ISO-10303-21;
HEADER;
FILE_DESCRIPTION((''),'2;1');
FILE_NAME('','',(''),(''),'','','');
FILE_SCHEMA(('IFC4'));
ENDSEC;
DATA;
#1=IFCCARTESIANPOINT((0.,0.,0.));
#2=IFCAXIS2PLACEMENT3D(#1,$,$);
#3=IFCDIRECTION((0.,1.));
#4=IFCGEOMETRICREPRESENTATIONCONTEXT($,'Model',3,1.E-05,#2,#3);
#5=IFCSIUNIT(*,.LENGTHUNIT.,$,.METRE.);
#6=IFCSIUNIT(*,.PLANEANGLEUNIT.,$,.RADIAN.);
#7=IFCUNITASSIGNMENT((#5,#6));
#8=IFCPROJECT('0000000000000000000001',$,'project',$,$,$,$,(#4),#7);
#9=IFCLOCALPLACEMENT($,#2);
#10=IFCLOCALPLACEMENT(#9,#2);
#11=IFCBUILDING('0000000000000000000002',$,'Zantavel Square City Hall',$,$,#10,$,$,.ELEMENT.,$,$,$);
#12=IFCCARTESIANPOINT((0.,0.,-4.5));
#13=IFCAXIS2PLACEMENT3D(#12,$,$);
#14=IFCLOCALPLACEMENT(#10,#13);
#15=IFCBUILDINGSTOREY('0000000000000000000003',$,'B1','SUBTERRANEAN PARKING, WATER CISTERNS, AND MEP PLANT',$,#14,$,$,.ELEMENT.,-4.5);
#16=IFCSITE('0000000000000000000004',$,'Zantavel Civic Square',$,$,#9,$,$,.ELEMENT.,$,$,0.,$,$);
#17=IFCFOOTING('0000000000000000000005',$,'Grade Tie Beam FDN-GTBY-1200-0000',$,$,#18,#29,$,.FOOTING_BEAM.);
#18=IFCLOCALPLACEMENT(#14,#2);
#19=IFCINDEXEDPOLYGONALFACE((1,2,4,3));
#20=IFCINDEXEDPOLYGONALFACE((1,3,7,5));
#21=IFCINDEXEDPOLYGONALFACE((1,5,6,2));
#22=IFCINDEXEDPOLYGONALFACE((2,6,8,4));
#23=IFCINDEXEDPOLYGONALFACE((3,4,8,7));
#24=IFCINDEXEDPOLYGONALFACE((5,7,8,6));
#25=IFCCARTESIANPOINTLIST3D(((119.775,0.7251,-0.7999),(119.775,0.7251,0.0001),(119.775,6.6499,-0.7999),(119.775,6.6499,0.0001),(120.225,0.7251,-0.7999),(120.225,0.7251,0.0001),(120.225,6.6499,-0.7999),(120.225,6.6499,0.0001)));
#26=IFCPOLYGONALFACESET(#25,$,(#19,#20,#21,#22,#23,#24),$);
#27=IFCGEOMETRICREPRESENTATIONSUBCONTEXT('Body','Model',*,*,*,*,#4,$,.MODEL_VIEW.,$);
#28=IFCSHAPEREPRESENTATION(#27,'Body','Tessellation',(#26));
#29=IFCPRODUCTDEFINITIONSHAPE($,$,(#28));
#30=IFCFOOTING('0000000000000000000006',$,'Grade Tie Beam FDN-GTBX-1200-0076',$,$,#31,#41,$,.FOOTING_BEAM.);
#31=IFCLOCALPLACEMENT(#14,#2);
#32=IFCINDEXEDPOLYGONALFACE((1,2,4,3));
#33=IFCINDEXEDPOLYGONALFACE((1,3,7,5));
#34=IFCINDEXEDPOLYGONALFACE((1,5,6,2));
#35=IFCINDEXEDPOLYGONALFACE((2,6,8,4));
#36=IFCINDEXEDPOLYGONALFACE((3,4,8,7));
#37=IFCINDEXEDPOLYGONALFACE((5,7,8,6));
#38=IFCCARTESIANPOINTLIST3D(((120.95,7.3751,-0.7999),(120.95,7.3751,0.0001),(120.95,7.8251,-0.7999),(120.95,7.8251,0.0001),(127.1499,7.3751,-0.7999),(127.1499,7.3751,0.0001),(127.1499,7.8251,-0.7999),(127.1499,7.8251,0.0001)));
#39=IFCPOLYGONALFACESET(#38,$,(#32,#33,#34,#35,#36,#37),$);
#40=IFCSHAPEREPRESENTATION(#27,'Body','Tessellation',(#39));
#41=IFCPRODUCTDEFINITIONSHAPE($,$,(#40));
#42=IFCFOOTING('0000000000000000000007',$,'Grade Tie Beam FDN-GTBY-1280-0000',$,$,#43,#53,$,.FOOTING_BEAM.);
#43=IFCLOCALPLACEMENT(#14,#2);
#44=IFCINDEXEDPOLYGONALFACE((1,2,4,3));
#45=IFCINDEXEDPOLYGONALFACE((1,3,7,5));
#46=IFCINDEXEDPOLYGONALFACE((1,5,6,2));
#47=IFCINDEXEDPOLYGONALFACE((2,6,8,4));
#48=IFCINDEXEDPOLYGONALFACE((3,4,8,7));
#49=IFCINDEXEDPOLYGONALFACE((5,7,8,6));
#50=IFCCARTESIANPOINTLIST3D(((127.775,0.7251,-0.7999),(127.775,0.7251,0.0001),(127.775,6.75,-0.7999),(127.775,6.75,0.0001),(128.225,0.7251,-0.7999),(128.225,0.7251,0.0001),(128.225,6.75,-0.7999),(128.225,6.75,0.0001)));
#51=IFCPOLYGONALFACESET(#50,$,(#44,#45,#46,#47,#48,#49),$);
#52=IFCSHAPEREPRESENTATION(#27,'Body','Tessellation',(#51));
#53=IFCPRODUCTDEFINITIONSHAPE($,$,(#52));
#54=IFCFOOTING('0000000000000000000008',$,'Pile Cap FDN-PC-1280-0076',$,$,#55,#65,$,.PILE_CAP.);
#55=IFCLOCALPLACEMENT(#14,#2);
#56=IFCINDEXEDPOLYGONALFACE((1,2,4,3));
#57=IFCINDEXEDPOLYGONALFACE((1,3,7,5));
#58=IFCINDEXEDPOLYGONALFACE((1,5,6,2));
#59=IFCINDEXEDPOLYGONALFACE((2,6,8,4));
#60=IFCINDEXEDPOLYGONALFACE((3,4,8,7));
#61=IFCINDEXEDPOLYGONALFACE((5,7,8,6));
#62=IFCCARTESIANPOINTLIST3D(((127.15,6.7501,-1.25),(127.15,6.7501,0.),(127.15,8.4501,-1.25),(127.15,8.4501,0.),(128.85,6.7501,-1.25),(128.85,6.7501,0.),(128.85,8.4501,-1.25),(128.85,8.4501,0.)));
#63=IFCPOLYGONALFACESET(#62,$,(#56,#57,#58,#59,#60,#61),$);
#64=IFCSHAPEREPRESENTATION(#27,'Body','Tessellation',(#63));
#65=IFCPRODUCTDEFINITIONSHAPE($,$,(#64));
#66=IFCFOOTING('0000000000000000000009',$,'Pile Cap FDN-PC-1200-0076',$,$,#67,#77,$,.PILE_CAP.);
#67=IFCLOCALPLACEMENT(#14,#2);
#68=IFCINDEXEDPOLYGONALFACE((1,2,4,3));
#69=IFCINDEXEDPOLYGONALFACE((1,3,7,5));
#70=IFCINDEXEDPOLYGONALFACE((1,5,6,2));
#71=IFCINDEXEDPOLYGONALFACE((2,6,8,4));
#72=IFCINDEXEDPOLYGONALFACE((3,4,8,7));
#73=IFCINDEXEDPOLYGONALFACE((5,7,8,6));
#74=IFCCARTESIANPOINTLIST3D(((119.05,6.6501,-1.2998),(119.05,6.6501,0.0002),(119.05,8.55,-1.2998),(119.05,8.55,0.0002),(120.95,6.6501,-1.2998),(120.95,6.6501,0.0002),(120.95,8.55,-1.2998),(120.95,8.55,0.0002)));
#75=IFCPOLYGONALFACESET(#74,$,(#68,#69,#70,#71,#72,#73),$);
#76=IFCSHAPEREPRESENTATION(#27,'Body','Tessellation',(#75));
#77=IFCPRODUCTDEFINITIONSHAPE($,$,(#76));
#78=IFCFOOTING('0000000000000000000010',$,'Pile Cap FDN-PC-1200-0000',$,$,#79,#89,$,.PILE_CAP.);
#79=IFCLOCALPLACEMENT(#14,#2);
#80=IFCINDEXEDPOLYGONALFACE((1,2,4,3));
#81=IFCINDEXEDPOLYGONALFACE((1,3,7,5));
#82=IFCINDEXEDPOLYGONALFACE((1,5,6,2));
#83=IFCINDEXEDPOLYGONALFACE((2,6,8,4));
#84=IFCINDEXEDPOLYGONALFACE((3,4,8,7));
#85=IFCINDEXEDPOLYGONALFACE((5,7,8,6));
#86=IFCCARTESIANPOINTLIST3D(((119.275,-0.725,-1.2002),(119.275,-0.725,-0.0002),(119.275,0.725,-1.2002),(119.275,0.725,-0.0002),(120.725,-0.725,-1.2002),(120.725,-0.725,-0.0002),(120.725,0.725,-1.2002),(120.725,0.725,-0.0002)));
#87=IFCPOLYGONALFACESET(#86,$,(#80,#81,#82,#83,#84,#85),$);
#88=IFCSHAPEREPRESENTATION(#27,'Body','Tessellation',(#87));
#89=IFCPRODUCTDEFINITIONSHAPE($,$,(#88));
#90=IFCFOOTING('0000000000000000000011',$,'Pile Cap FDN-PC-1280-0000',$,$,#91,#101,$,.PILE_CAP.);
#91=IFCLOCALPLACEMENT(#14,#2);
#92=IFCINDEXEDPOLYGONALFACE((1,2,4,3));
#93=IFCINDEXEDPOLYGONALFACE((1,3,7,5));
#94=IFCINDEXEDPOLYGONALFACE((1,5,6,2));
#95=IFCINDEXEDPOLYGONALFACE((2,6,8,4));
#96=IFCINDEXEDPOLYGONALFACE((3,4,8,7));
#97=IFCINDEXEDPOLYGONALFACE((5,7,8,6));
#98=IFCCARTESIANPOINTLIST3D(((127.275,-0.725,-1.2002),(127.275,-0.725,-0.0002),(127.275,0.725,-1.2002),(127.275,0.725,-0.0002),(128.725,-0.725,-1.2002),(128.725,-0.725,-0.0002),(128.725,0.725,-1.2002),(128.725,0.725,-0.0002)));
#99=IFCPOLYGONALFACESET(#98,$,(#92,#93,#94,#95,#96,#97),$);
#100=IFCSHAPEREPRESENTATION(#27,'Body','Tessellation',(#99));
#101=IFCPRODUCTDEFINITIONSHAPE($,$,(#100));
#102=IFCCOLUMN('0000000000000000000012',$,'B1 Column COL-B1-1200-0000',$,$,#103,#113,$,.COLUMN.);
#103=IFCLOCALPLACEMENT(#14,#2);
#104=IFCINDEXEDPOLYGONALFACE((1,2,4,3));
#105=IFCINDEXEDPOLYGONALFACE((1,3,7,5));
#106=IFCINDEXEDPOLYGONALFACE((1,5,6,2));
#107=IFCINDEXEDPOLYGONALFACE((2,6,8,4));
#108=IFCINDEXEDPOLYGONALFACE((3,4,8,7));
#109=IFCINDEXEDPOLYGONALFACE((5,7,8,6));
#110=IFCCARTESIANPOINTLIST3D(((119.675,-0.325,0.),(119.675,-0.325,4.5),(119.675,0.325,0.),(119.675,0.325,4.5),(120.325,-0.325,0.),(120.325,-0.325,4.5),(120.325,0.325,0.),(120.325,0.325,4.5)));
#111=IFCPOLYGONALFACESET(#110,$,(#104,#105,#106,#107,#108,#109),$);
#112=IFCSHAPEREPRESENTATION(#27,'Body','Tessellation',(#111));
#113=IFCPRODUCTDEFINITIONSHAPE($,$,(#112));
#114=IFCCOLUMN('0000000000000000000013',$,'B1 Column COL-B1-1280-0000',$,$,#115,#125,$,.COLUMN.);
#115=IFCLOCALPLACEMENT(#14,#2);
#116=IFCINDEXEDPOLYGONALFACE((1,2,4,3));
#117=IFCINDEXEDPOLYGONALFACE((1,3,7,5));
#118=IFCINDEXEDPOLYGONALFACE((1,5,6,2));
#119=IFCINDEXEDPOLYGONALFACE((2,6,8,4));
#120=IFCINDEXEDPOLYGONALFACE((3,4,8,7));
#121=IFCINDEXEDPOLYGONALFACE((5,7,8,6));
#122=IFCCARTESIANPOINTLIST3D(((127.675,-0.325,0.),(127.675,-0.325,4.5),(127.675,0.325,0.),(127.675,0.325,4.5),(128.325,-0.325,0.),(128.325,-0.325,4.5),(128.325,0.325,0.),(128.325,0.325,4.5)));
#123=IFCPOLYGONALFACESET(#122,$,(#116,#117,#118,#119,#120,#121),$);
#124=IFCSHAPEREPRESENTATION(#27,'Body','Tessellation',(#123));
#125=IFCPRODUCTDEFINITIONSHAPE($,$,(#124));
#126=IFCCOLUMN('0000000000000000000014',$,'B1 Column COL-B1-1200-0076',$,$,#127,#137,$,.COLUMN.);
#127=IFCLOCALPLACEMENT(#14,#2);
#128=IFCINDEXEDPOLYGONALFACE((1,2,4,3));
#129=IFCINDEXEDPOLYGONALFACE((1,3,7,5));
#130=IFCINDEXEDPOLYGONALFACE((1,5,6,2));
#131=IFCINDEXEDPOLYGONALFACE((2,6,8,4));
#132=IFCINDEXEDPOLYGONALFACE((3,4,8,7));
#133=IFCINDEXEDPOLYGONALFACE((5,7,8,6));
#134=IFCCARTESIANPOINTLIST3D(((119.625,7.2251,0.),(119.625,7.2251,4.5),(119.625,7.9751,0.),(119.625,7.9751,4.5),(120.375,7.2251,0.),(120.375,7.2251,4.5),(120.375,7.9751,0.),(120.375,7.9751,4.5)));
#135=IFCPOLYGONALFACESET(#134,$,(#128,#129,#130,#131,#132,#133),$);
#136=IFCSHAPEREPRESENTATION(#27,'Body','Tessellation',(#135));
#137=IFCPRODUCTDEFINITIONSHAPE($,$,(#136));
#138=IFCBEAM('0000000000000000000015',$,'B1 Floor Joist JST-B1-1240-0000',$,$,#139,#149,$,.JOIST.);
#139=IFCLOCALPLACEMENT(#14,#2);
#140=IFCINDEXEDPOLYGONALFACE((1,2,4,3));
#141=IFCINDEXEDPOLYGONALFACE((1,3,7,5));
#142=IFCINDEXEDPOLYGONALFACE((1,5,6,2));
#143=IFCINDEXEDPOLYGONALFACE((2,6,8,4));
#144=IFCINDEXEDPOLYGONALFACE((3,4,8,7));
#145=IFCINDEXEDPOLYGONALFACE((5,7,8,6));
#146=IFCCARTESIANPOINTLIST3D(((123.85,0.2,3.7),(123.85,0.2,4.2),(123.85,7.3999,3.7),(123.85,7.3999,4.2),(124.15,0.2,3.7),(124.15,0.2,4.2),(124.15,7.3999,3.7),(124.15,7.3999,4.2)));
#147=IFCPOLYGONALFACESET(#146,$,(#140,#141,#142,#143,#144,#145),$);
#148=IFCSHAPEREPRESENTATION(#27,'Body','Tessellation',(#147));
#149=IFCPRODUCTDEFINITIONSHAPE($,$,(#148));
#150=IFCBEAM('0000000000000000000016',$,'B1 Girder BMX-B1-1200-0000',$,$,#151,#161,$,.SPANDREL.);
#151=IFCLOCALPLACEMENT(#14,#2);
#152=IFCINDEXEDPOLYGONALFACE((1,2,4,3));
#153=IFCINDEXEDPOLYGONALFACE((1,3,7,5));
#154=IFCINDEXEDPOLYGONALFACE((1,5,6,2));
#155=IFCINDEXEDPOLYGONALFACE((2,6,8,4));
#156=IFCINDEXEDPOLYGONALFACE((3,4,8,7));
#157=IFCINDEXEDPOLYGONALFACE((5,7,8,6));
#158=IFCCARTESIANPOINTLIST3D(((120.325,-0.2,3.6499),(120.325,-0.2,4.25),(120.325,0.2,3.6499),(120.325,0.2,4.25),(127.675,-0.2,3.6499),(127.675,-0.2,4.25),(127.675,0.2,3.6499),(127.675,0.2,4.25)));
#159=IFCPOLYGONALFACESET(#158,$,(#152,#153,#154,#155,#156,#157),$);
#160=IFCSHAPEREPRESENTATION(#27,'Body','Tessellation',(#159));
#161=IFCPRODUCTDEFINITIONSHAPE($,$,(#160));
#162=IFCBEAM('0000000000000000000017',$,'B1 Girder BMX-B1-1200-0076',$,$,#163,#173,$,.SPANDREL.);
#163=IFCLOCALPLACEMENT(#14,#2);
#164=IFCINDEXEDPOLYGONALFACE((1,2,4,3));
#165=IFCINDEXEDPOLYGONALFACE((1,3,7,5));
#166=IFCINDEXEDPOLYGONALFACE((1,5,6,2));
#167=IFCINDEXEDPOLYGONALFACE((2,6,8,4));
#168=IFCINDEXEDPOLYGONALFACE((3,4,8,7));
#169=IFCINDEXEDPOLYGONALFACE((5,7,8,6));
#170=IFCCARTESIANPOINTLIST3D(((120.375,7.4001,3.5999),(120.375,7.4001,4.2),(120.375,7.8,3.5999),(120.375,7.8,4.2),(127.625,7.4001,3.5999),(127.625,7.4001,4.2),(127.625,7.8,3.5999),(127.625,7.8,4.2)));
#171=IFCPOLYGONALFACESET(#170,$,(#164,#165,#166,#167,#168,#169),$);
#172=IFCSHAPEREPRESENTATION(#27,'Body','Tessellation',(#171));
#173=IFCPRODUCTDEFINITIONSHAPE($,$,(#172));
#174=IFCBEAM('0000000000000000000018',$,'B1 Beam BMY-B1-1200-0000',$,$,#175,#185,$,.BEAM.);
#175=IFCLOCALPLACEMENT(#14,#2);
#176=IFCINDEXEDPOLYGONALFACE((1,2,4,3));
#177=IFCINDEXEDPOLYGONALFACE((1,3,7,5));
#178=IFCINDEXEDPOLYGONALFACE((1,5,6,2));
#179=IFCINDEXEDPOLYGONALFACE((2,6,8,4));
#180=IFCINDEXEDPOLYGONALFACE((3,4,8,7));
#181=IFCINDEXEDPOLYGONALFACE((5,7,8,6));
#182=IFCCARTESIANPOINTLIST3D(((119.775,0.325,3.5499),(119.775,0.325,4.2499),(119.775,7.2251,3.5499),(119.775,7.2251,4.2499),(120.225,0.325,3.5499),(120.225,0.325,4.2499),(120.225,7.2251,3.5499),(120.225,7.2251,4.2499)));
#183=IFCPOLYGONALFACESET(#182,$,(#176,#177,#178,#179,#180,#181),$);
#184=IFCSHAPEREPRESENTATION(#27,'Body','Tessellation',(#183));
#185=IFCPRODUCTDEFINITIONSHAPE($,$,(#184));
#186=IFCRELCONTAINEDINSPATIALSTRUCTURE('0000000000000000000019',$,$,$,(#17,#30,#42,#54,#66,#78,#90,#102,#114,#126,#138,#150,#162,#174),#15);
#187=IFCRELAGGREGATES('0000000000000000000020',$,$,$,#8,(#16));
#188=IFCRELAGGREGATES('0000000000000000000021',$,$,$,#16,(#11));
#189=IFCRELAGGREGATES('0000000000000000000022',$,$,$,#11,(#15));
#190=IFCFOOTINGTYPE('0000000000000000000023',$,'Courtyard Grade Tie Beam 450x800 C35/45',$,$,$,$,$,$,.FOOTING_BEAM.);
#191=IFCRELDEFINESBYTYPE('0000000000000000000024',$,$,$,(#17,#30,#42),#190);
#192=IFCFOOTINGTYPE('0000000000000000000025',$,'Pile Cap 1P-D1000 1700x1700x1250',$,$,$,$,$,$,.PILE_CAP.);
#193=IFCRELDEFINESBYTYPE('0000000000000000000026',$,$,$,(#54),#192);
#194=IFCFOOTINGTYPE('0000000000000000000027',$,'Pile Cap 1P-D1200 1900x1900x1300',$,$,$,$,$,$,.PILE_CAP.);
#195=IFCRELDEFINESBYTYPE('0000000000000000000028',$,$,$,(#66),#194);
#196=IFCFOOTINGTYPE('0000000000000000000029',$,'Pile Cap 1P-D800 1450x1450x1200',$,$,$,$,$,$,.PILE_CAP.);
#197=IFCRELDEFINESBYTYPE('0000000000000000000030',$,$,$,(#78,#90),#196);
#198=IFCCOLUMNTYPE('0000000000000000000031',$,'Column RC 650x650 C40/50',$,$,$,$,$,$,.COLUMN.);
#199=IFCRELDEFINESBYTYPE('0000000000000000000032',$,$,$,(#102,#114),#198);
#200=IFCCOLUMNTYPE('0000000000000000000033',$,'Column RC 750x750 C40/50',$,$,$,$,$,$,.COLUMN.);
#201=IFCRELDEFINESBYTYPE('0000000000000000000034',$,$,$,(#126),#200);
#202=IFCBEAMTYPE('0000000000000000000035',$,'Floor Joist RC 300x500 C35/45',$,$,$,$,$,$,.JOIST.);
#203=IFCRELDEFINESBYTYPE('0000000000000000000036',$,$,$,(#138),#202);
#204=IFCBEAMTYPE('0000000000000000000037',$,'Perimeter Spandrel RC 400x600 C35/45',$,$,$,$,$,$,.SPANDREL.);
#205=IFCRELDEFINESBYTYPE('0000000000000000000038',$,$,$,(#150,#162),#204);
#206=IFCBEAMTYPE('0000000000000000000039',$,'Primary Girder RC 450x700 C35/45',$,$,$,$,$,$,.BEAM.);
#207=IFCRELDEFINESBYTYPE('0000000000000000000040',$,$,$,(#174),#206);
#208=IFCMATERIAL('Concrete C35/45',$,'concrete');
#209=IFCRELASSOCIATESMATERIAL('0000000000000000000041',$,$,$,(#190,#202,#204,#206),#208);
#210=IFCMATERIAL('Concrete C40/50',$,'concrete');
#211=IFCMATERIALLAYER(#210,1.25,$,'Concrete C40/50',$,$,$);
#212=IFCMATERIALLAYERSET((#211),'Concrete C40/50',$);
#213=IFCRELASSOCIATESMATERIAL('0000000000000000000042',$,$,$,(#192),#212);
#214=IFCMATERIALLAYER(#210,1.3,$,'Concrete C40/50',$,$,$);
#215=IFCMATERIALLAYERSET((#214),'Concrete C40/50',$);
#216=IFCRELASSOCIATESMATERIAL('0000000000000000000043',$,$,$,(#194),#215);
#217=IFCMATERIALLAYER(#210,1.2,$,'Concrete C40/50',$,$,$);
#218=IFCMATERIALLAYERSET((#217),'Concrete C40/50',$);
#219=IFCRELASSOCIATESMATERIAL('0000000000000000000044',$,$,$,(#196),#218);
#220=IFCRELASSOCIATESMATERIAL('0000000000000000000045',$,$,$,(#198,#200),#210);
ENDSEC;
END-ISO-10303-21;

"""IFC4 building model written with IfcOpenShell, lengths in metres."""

from ifc_helpers import new_model, si_unit, direction, frame, origin, origin_2d, place, context, subcontext, project, spatial, rectangle, extrude, material, layer, layer_set, material_profile, profile_set, type_object, element, save


model = new_model("IFC4")

# Units and contexts
model_context = context("Model", 3, precision=1e-05, world=origin(), true_north=direction((0.0, 1.0)))
body_context = subcontext(model_context, "Body", "Model", "MODEL_VIEW")
ifc_project = project(units=[si_unit("LENGTHUNIT", "METRE"), si_unit("PLANEANGLEUNIT", "RADIAN")], contexts=[model_context])

# Site, building, storey
site_placement = place(None, origin())
site = spatial("IfcSite", under=ifc_project, at=site_placement, Name="Zantavel Civic Square", CompositionType="ELEMENT", RefElevation=0.0)
building_placement = place(site_placement, origin())
building = spatial("IfcBuilding", under=site, at=building_placement, Name="Zantavel Square City Hall", CompositionType="ELEMENT")
storey_placement = place(building_placement, frame((0.0, 0.0, -4.5)))
storey = spatial("IfcBuildingStorey", under=building, at=storey_placement, Name="B1", Description="SUBTERRANEAN PARKING, WATER CISTERNS, AND MEP PLANT", CompositionType="ELEMENT", Elevation=-4.5)

# Shared definitions
ifc_material_1 = material(Name="Concrete C35/45", Category="concrete")

# Footings
ifc_material_profile_1 = material_profile(ifc_material_1, rectangle(XDim=0.45, YDim=0.8, at=origin_2d()), Name="RC 450x800")
ifc_profile_set_1 = profile_set([ifc_material_profile_1], Name="Concrete C35/45")
footing_type_1 = type_object("IfcFootingType", Name="Courtyard Grade Tie Beam 450x800 C35/45", PredefinedType="FOOTING_BEAM", material=ifc_profile_set_1)
footing_1_placement = place(storey_placement, frame((120.0, 0.7251, -0.3999), z_axis=(0.0, 1.0, 0.0), x_axis=(-1.0, 0.0, 0.0)))
element("IfcFooting", 1, at=footing_1_placement, inside=storey, type_object=footing_type_1, Name="Grade Tie Beam FDN-GTBY-1200-0000", PredefinedType="FOOTING_BEAM", context=body_context, shape_type="SweptSolid", body=[
    extrude(rectangle(XDim=0.45, YDim=0.8, at=origin_2d()), origin(), (0.0, 0.0, 1.0), 5.9248),
])
footing_2_placement = place(storey_placement, frame((120.95, 7.6001, -0.3999), z_axis=(1.0, 0.0, 0.0), x_axis=(0.0, 1.0, 0.0)))
element("IfcFooting", 2, at=footing_2_placement, inside=storey, type_object=footing_type_1, Name="Grade Tie Beam FDN-GTBX-1200-0076", PredefinedType="FOOTING_BEAM", context=body_context, shape_type="SweptSolid", body=[
    extrude(rectangle(XDim=0.45, YDim=0.8, at=origin_2d()), origin(), (0.0, 0.0, 1.0), 6.2),
])
footing_3_placement = place(storey_placement, frame((128.0, 0.7251, -0.3999), z_axis=(0.0, 1.0, 0.0), x_axis=(-1.0, 0.0, 0.0)))
element("IfcFooting", 3, at=footing_3_placement, inside=storey, type_object=footing_type_1, Name="Grade Tie Beam FDN-GTBY-1280-0000", PredefinedType="FOOTING_BEAM", context=body_context, shape_type="SweptSolid", body=[
    extrude(rectangle(XDim=0.45, YDim=0.8, at=origin_2d()), origin(), (0.0, 0.0, 1.0), 6.0249),
])
ifc_material_2 = material(Name="Concrete C40/50", Category="concrete")
ifc_layer_1 = layer(ifc_material_2, 1.25, Name="Concrete C40/50")
ifc_layer_set_1 = layer_set([ifc_layer_1], Name="Concrete C40/50")
footing_type_2 = type_object("IfcFootingType", Name="Pile Cap 1P-D1000 1700x1700x1250", PredefinedType="PILE_CAP", material=ifc_layer_set_1)
footing_4_placement = place(storey_placement, frame((128.0, 7.6001, -1.25), z_axis=(0.0, 0.0, 1.0), x_axis=(1.0, 0.0, 0.0)))
element("IfcFooting", 4, at=footing_4_placement, inside=storey, type_object=footing_type_2, Name="Pile Cap FDN-PC-1280-0076", PredefinedType="PILE_CAP", context=body_context, shape_type="SweptSolid", body=[
    extrude(rectangle(XDim=1.7, YDim=1.7, at=origin_2d()), origin(), (0.0, 0.0, 1.0), 1.25),
])
ifc_layer_2 = layer(ifc_material_2, 1.3, Name="Concrete C40/50")
ifc_layer_set_2 = layer_set([ifc_layer_2], Name="Concrete C40/50")
footing_type_3 = type_object("IfcFootingType", Name="Pile Cap 1P-D1200 1900x1900x1300", PredefinedType="PILE_CAP", material=ifc_layer_set_2)
footing_5_placement = place(storey_placement, frame((120.0, 7.6001, -1.2998), z_axis=(0.0, 0.0, 1.0), x_axis=(1.0, 0.0, 0.0)))
element("IfcFooting", 5, at=footing_5_placement, inside=storey, type_object=footing_type_3, Name="Pile Cap FDN-PC-1200-0076", PredefinedType="PILE_CAP", context=body_context, shape_type="SweptSolid", body=[
    extrude(rectangle(XDim=1.8999, YDim=1.8999, at=origin_2d()), origin(), (0.0, 0.0, 1.0), 1.3),
])
ifc_layer_3 = layer(ifc_material_2, 1.2, Name="Concrete C40/50")
ifc_layer_set_3 = layer_set([ifc_layer_3], Name="Concrete C40/50")
footing_type_4 = type_object("IfcFootingType", Name="Pile Cap 1P-D800 1450x1450x1200", PredefinedType="PILE_CAP", material=ifc_layer_set_3)
for number, where, z_axis, x_axis, name in (
    (6, (120.0, 0.0, -1.2002), (0.0, 0.0, 1.0), (1.0, 0.0, 0.0), "Pile Cap FDN-PC-1200-0000"),
    (7, (128.0, 0.0, -1.2002), (0.0, 0.0, 1.0), (1.0, 0.0, 0.0), "Pile Cap FDN-PC-1280-0000"),
):
    element("IfcFooting", number, at=place(storey_placement, frame(where, z_axis=z_axis, x_axis=x_axis)), inside=storey, type_object=footing_type_4, Name=name, PredefinedType="PILE_CAP", context=body_context, shape_type="SweptSolid", body=[
        extrude(rectangle(XDim=1.45, YDim=1.45, at=origin_2d()), origin(), (0.0, 0.0, 1.0), 1.2),
    ])

# Columns
ifc_material_profile_2 = material_profile(ifc_material_2, rectangle(XDim=0.6499, YDim=0.6499, at=origin_2d()), Name="RC 650x650")
ifc_profile_set_2 = profile_set([ifc_material_profile_2], Name="Concrete C40/50")
column_type_1 = type_object("IfcColumnType", Name="Column RC 650x650 C40/50", PredefinedType="COLUMN", material=ifc_profile_set_2)
for number, where, z_axis, x_axis, name in (
    (8, (120.0, 0.0, 0.0), (0.0, 0.0, 1.0), (1.0, 0.0, 0.0), "B1 Column COL-B1-1200-0000"),
    (9, (128.0, 0.0, 0.0), (0.0, 0.0, 1.0), (1.0, 0.0, 0.0), "B1 Column COL-B1-1280-0000"),
):
    element("IfcColumn", number, at=place(storey_placement, frame(where, z_axis=z_axis, x_axis=x_axis)), inside=storey, type_object=column_type_1, Name=name, PredefinedType="COLUMN", context=body_context, shape_type="SweptSolid", body=[
        extrude(rectangle(XDim=0.6499, YDim=0.6499, at=origin_2d()), origin(), (0.0, 0.0, 1.0), 4.5),
    ])
ifc_material_profile_3 = material_profile(ifc_material_2, rectangle(XDim=0.75, YDim=0.75, at=origin_2d()), Name="RC 750x750")
ifc_profile_set_3 = profile_set([ifc_material_profile_3], Name="Concrete C40/50")
column_type_2 = type_object("IfcColumnType", Name="Column RC 750x750 C40/50", PredefinedType="COLUMN", material=ifc_profile_set_3)
column_placement = place(storey_placement, frame((120.0, 7.6001, 0.0), z_axis=(0.0, 0.0, 1.0), x_axis=(1.0, 0.0, 0.0)))
element("IfcColumn", 10, at=column_placement, inside=storey, type_object=column_type_2, Name="B1 Column COL-B1-1200-0076", PredefinedType="COLUMN", context=body_context, shape_type="SweptSolid", body=[
    extrude(rectangle(XDim=0.75, YDim=0.75, at=origin_2d()), origin(), (0.0, 0.0, 1.0), 4.5),
])

# Beams
ifc_material_profile_4 = material_profile(ifc_material_1, rectangle(XDim=0.3, YDim=0.5, at=origin_2d()), Name="RC 300x500")
ifc_profile_set_4 = profile_set([ifc_material_profile_4], Name="Concrete C35/45")
beam_type_1 = type_object("IfcBeamType", Name="Floor Joist RC 300x500 C35/45", PredefinedType="JOIST", material=ifc_profile_set_4)
beam_1_placement = place(storey_placement, frame((124.0, 0.2, 3.95), z_axis=(0.0, 1.0, 0.0), x_axis=(-1.0, 0.0, 0.0)))
element("IfcBeam", 11, at=beam_1_placement, inside=storey, type_object=beam_type_1, Name="B1 Floor Joist JST-B1-1240-0000", PredefinedType="JOIST", context=body_context, shape_type="SweptSolid", body=[
    extrude(rectangle(XDim=0.3, YDim=0.5, at=origin_2d()), origin(), (0.0, 0.0, 1.0), 7.2),
])
ifc_material_profile_5 = material_profile(ifc_material_1, rectangle(XDim=0.3999, YDim=0.6001, at=origin_2d()), Name="RC 400x600")
ifc_profile_set_5 = profile_set([ifc_material_profile_5], Name="Concrete C35/45")
beam_type_2 = type_object("IfcBeamType", Name="Perimeter Spandrel RC 400x600 C35/45", PredefinedType="SPANDREL", material=ifc_profile_set_5)
beam_2_placement = place(storey_placement, frame((120.325, 0.0, 3.95), z_axis=(1.0, 0.0, 0.0), x_axis=(0.0, 1.0, 0.0)))
element("IfcBeam", 12, at=beam_2_placement, inside=storey, type_object=beam_type_2, Name="B1 Girder BMX-B1-1200-0000", PredefinedType="SPANDREL", context=body_context, shape_type="SweptSolid", body=[
    extrude(rectangle(XDim=0.3999, YDim=0.6001, at=origin_2d()), origin(), (0.0, 0.0, 1.0), 7.3501),
])
beam_3_placement = place(storey_placement, frame((120.375, 7.6001, 3.8999), z_axis=(1.0, 0.0, 0.0), x_axis=(0.0, 1.0, 0.0)))
element("IfcBeam", 13, at=beam_3_placement, inside=storey, type_object=beam_type_2, Name="B1 Girder BMX-B1-1200-0076", PredefinedType="SPANDREL", context=body_context, shape_type="SweptSolid", body=[
    extrude(rectangle(XDim=0.3999, YDim=0.6001, at=origin_2d()), origin(), (0.0, 0.0, 1.0), 7.25),
])
ifc_material_profile_6 = material_profile(ifc_material_1, rectangle(XDim=0.45, YDim=0.7, at=origin_2d()), Name="RC 450x700")
ifc_profile_set_6 = profile_set([ifc_material_profile_6], Name="Concrete C35/45")
beam_type_3 = type_object("IfcBeamType", Name="Primary Girder RC 450x700 C35/45", PredefinedType="BEAM", material=ifc_profile_set_6)
for number, where, z_axis, x_axis, name in (
    (14, (120.0, 0.325, 3.8999), (0.0, 1.0, 0.0), (-1.0, 0.0, 0.0), "B1 Beam BMY-B1-1200-0000"),
):
    element("IfcBeam", number, at=place(storey_placement, frame(where, z_axis=z_axis, x_axis=x_axis)), inside=storey, type_object=beam_type_3, Name=name, PredefinedType="BEAM", context=body_context, shape_type="SweptSolid", body=[
        extrude(rectangle(XDim=0.45, YDim=0.7, at=origin_2d()), origin(), (0.0, 0.0, 1.0), 6.9001),
    ])

save(model, "model.ifc")
